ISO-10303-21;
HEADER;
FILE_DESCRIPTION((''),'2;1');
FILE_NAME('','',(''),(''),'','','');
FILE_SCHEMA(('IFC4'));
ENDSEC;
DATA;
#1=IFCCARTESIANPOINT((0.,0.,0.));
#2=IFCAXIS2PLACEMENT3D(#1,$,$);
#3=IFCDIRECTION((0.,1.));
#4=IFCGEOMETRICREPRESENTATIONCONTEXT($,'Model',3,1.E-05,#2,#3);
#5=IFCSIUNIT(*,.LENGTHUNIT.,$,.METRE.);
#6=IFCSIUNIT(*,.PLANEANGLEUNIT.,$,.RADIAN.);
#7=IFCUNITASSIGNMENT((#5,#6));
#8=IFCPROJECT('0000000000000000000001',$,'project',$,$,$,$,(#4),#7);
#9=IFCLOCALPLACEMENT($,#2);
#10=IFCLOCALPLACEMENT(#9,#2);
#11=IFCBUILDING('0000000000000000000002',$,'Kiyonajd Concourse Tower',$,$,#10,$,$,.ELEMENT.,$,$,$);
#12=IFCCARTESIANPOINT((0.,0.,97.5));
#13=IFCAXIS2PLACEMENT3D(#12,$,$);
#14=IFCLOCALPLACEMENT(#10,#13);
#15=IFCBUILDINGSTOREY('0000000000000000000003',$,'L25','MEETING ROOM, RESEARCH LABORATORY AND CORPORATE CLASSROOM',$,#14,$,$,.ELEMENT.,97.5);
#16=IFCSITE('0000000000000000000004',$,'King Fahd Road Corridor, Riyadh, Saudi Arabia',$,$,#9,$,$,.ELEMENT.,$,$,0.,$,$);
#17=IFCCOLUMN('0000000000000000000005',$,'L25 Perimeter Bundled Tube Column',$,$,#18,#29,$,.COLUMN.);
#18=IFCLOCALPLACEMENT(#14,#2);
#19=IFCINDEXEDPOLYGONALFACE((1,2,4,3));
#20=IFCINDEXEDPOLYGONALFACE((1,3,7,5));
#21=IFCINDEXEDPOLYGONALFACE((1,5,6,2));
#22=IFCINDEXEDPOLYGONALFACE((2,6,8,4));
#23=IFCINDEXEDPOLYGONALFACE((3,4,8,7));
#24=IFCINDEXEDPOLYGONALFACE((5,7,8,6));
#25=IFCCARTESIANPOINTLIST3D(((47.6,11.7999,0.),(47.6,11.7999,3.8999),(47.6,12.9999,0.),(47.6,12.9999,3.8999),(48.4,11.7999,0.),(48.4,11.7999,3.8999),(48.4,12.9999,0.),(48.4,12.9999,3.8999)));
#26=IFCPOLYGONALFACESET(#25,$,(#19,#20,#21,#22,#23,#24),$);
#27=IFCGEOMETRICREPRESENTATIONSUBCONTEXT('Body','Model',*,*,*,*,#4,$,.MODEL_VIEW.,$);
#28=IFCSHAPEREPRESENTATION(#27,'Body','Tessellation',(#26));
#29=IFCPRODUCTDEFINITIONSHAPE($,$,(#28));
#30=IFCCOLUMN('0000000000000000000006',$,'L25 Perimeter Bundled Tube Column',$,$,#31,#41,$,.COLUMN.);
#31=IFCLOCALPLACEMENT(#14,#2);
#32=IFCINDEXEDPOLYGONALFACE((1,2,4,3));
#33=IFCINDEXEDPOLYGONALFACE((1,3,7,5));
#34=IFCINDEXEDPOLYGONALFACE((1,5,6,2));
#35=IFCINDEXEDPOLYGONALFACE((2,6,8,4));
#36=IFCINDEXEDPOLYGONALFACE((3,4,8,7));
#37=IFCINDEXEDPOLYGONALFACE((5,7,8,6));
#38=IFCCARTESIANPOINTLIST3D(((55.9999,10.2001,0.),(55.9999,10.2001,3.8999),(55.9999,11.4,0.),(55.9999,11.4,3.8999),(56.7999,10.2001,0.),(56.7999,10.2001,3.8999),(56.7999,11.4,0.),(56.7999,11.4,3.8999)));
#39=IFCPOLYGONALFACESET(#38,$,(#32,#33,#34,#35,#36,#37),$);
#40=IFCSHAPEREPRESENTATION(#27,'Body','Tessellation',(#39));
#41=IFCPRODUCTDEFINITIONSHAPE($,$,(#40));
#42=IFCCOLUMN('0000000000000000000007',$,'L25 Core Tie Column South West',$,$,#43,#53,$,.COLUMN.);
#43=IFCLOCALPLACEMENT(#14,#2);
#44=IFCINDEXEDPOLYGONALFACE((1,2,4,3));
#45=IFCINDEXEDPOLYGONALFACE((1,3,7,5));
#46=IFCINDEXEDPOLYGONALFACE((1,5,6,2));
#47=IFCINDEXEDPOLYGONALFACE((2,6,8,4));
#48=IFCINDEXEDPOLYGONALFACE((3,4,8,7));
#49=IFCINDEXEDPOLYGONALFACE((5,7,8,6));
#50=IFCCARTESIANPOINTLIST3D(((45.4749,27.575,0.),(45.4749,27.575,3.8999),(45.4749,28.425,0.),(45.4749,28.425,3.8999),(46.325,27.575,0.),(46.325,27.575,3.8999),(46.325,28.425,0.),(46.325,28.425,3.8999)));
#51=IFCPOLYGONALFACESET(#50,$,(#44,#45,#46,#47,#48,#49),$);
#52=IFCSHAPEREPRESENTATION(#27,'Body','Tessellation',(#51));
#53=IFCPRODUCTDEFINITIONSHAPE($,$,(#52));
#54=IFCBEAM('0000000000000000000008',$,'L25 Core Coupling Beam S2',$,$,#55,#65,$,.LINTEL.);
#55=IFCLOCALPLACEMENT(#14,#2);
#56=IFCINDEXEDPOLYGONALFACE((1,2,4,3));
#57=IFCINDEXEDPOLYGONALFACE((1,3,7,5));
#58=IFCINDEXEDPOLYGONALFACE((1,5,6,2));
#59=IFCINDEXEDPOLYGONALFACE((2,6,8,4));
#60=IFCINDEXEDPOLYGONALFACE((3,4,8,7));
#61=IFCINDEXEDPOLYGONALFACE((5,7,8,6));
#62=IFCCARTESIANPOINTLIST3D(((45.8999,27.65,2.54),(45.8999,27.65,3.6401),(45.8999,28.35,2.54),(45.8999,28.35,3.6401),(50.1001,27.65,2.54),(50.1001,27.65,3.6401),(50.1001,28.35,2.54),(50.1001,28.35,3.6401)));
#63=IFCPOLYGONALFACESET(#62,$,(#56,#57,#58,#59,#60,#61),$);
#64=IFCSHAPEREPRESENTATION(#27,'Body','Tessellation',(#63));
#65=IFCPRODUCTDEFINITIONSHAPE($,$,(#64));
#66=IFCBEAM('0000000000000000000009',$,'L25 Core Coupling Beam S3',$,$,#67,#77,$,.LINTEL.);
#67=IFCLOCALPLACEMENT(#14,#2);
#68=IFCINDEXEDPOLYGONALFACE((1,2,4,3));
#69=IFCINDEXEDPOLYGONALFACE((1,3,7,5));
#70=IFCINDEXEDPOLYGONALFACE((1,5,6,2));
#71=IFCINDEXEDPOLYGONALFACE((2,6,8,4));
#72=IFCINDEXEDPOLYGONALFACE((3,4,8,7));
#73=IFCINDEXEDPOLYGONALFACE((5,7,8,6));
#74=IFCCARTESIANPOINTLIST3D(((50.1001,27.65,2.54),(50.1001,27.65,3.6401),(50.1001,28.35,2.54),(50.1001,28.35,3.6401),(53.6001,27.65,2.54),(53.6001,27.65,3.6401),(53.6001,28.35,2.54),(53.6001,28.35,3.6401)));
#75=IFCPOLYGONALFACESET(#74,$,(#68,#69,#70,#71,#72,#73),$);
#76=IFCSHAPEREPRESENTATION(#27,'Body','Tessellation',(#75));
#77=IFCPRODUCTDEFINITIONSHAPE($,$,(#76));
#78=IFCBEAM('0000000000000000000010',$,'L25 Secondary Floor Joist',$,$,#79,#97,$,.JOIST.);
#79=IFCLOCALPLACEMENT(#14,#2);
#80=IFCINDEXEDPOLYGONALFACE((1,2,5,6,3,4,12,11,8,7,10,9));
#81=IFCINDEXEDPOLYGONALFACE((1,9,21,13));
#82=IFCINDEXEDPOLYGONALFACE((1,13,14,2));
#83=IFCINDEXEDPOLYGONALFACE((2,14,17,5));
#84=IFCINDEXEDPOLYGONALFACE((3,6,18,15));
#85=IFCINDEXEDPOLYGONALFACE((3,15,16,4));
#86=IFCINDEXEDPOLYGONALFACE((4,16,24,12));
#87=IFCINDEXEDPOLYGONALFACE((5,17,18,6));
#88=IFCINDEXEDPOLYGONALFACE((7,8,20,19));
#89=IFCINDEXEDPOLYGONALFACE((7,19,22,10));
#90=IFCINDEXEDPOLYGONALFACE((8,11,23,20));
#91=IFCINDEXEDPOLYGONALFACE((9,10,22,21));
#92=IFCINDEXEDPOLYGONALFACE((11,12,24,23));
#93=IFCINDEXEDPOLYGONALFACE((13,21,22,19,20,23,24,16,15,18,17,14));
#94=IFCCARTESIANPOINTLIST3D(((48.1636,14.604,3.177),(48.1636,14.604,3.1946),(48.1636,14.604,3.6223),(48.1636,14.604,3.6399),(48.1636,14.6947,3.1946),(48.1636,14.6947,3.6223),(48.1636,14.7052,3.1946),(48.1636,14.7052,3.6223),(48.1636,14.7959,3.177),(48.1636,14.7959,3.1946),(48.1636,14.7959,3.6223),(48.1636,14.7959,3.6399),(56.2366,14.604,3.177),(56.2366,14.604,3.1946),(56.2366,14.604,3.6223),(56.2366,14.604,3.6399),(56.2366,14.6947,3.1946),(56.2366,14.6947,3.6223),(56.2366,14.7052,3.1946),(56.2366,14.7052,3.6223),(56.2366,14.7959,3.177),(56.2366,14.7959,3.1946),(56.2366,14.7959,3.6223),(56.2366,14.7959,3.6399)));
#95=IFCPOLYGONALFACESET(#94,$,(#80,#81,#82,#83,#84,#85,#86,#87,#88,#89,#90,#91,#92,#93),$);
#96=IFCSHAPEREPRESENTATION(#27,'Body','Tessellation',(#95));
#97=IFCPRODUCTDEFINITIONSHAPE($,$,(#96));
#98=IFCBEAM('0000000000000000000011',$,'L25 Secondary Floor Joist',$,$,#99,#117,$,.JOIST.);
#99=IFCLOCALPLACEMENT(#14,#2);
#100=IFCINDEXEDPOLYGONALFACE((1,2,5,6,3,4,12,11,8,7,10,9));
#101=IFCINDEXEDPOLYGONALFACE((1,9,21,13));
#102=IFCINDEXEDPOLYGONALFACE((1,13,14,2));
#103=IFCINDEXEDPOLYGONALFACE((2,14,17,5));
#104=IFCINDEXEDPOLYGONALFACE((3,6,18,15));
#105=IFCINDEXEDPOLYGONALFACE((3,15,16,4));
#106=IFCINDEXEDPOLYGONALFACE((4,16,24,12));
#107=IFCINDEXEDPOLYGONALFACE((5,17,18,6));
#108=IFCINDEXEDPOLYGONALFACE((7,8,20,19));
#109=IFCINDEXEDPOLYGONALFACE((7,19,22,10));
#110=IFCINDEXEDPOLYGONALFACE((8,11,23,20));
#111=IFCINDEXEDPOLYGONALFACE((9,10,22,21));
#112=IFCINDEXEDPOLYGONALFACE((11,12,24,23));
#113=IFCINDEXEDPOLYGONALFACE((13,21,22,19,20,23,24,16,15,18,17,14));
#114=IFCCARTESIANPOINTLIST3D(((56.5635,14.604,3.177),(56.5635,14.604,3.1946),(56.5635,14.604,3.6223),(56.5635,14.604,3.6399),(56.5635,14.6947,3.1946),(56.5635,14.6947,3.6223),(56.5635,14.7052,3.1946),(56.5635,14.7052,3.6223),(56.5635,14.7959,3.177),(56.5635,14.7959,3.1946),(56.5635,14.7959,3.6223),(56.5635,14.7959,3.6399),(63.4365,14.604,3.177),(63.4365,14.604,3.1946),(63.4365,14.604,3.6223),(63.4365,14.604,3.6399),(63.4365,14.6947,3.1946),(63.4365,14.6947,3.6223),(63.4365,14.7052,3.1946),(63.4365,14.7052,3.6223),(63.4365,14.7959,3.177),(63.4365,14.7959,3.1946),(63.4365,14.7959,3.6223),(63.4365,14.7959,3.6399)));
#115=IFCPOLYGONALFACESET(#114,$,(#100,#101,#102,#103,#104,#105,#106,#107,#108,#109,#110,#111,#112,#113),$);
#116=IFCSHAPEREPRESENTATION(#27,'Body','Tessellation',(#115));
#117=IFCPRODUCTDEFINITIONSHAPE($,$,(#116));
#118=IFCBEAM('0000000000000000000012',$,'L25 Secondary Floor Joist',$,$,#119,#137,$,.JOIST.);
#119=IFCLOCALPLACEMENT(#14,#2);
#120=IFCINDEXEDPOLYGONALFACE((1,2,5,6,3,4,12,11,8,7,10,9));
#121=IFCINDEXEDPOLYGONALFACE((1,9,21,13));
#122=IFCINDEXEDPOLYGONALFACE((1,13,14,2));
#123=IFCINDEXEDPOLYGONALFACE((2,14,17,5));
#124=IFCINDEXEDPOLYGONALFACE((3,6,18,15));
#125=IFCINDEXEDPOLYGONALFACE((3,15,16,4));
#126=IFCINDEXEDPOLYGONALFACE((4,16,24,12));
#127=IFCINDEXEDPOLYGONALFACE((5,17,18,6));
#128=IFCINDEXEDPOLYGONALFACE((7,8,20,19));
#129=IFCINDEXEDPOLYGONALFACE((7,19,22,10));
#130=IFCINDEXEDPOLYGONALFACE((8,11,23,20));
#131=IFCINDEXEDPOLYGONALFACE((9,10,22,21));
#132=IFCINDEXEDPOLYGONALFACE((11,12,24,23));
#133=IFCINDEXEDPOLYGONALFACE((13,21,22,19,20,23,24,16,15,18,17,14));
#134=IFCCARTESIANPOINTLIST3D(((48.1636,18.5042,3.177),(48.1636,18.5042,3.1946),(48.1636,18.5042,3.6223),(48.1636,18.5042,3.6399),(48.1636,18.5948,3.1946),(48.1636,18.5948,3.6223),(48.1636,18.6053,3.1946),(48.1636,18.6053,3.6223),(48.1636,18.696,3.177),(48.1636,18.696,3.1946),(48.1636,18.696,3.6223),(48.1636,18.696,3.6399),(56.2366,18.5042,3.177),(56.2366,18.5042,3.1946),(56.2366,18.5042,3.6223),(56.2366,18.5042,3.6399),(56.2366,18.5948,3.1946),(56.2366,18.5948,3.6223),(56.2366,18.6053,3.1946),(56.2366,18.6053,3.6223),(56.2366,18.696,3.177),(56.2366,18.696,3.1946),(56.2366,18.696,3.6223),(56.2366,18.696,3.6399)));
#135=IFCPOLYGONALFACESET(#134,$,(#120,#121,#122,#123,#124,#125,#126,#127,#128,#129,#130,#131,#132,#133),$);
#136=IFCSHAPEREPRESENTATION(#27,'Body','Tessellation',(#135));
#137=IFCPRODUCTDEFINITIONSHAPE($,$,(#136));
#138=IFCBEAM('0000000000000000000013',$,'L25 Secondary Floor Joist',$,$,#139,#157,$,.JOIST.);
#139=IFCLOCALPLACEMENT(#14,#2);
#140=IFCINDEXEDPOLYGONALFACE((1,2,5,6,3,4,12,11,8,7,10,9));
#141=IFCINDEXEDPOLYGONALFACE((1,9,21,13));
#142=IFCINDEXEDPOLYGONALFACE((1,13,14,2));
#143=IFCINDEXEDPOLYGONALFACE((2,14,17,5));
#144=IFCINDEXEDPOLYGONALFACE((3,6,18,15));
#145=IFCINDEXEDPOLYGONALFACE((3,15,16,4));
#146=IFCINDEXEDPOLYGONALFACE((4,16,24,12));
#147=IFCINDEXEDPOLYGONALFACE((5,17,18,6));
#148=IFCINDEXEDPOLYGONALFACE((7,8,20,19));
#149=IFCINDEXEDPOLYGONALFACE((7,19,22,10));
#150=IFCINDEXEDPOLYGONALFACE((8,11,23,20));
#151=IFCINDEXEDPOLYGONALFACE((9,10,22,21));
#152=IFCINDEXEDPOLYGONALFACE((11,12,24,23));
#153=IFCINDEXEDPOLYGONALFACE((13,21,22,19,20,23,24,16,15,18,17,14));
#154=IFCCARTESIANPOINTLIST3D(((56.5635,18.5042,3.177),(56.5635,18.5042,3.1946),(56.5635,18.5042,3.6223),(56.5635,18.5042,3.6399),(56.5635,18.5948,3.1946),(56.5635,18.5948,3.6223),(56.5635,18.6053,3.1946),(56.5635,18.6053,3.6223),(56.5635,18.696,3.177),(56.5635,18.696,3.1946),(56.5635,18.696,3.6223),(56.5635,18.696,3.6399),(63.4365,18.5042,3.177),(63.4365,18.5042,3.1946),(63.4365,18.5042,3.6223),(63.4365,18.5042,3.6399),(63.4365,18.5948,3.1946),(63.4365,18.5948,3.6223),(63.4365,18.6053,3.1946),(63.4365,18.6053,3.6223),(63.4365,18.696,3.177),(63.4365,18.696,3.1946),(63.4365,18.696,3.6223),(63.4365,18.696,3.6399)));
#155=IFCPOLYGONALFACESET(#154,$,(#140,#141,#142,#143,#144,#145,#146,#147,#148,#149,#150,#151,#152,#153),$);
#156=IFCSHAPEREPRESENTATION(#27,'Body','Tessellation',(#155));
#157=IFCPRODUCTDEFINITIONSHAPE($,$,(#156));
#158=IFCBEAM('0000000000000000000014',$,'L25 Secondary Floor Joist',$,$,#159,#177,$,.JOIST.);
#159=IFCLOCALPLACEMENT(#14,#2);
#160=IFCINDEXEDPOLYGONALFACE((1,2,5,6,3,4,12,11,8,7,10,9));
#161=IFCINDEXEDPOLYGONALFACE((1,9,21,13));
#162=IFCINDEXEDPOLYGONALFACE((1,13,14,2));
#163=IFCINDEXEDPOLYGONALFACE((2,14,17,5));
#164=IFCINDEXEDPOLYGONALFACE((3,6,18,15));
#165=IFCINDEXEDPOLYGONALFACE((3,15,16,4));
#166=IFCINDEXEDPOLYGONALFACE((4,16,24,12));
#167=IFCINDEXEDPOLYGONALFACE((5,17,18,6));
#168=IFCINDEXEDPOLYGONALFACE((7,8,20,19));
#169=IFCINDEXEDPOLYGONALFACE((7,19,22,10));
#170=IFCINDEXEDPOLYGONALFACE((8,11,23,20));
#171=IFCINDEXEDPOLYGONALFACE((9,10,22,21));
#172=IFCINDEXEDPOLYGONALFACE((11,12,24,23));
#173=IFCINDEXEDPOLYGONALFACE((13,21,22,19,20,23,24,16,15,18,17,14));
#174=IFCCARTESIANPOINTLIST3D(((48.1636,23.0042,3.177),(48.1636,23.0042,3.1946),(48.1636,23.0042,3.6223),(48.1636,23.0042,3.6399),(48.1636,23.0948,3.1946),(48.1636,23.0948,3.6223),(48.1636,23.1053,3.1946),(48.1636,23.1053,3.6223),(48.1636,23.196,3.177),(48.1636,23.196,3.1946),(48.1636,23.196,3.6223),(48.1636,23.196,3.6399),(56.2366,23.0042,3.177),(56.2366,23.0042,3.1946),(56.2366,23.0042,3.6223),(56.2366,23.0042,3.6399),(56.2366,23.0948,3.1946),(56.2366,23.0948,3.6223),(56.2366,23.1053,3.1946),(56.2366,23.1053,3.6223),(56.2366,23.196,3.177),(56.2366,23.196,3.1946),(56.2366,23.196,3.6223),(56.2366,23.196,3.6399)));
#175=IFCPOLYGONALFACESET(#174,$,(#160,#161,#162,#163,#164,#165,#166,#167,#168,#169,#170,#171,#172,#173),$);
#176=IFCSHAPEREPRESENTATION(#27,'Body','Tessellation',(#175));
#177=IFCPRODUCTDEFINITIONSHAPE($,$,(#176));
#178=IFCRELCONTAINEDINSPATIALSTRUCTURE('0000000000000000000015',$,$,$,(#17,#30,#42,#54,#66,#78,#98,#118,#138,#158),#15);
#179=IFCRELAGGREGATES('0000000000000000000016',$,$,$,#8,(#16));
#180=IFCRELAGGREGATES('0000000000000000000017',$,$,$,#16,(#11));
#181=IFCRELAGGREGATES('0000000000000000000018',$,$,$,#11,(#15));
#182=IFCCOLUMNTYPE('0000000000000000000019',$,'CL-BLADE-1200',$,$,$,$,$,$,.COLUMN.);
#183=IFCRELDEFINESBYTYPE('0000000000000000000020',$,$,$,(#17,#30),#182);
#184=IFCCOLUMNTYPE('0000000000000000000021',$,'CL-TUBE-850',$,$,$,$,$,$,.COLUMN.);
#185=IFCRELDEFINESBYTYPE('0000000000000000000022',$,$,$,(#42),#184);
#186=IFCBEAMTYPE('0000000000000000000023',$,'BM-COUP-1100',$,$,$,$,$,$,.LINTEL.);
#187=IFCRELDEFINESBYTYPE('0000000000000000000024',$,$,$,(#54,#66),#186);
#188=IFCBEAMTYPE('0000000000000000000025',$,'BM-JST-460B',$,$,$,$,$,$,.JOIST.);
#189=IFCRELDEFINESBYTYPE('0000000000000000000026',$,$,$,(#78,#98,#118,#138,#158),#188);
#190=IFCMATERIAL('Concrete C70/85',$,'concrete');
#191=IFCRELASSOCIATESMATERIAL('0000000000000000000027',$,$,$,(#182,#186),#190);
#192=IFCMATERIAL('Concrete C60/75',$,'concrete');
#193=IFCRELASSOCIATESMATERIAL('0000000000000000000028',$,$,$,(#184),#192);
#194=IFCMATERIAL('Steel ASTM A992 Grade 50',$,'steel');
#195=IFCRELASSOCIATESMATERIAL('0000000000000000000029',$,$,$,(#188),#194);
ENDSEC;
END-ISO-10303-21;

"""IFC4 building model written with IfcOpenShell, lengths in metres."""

from ifc_helpers import new_model, si_unit, direction, frame, origin, origin_2d, place, context, subcontext, project, spatial, rectangle, i_section, extrude, material, material_profile, profile_set, type_object, element, save


model = new_model("IFC4")

# Units and contexts
model_context = context("Model", 3, precision=1e-05, world=origin(), true_north=direction((0.0, 1.0)))
body_context = subcontext(model_context, "Body", "Model", "MODEL_VIEW")
ifc_project = project(units=[si_unit("LENGTHUNIT", "METRE"), si_unit("PLANEANGLEUNIT", "RADIAN")], contexts=[model_context])

# Site, building, storey
site_placement = place(None, origin())
site = spatial("IfcSite", under=ifc_project, at=site_placement, Name="King Fahd Road Corridor, Riyadh, Saudi Arabia", CompositionType="ELEMENT", RefElevation=0.0)
building_placement = place(site_placement, origin())
building = spatial("IfcBuilding", under=site, at=building_placement, Name="Kiyonajd Concourse Tower", CompositionType="ELEMENT")
storey_placement = place(building_placement, frame((0.0, 0.0, 97.5)))
storey = spatial("IfcBuildingStorey", under=building, at=storey_placement, Name="L25", Description="MEETING ROOM, RESEARCH LABORATORY AND CORPORATE CLASSROOM", CompositionType="ELEMENT", Elevation=97.5)

# Columns
ifc_material_1 = material(Name="Concrete C70/85", Category="concrete")
ifc_material_profile_1 = material_profile(ifc_material_1, rectangle(XDim=0.8, YDim=1.2, at=origin_2d()), Name="RC-1200x800")
ifc_profile_set_1 = profile_set([ifc_material_profile_1], Name="Concrete C70/85")
column_type_1 = type_object("IfcColumnType", Name="CL-BLADE-1200", PredefinedType="COLUMN", material=ifc_profile_set_1)
for number, where, z_axis, x_axis, name in (
    (1, (48.0, 12.3999, 0.0), (0.0, 0.0, 1.0), (1.0, 0.0, 0.0), "L25 Perimeter Bundled Tube Column"),
    (2, (56.3999, 10.8, 0.0), (0.0, 0.0, 1.0), (1.0, 0.0, 0.0), "L25 Perimeter Bundled Tube Column"),
):
    element("IfcColumn", number, at=place(storey_placement, frame(where, z_axis=z_axis, x_axis=x_axis)), inside=storey, type_object=column_type_1, Name=name, PredefinedType="COLUMN", context=body_context, shape_type="SweptSolid", body=[
        extrude(rectangle(XDim=0.8, YDim=1.2, at=origin_2d()), origin(), (0.0, 0.0, 1.0), 3.8999),
    ])
ifc_material_2 = material(Name="Concrete C60/75", Category="concrete")
ifc_material_profile_2 = material_profile(ifc_material_2, rectangle(XDim=0.8501, YDim=0.8501, at=origin_2d()), Name="RC-850x850")
ifc_profile_set_2 = profile_set([ifc_material_profile_2], Name="Concrete C60/75")
column_type_2 = type_object("IfcColumnType", Name="CL-TUBE-850", PredefinedType="COLUMN", material=ifc_profile_set_2)
column_placement = place(storey_placement, frame((45.8999, 28.0, 0.0), z_axis=(0.0, 0.0, 1.0), x_axis=(1.0, 0.0, 0.0)))
element("IfcColumn", 3, at=column_placement, inside=storey, type_object=column_type_2, Name="L25 Core Tie Column South West", PredefinedType="COLUMN", context=body_context, shape_type="SweptSolid", body=[
    extrude(rectangle(XDim=0.8501, YDim=0.8501, at=origin_2d()), origin(), (0.0, 0.0, 1.0), 3.8999),
])

# Beams
ifc_material_profile_3 = material_profile(ifc_material_1, rectangle(XDim=0.7, YDim=1.1001, at=origin_2d()), Name="RCBM-700x1100")
ifc_profile_set_3 = profile_set([ifc_material_profile_3], Name="Concrete C70/85")
beam_type_1 = type_object("IfcBeamType", Name="BM-COUP-1100", PredefinedType="LINTEL", material=ifc_profile_set_3)
beam_1_placement = place(storey_placement, frame((45.8999, 28.0, 3.0901), z_axis=(1.0, 0.0, 0.0), x_axis=(0.0, 1.0, 0.0)))
element("IfcBeam", 4, at=beam_1_placement, inside=storey, type_object=beam_type_1, Name="L25 Core Coupling Beam S2", PredefinedType="LINTEL", context=body_context, shape_type="SweptSolid", body=[
    extrude(rectangle(XDim=0.7, YDim=1.1001, at=origin_2d()), origin(), (0.0, 0.0, 1.0), 4.2002),
])
beam_2_placement = place(storey_placement, frame((50.1001, 28.0, 3.0901), z_axis=(1.0, 0.0, 0.0), x_axis=(0.0, 1.0, 0.0)))
element("IfcBeam", 5, at=beam_2_placement, inside=storey, type_object=beam_type_1, Name="L25 Core Coupling Beam S3", PredefinedType="LINTEL", context=body_context, shape_type="SweptSolid", body=[
    extrude(rectangle(XDim=0.7, YDim=1.1001, at=origin_2d()), origin(), (0.0, 0.0, 1.0), 3.5),
])
ifc_material_3 = material(Name="Steel ASTM A992 Grade 50", Category="steel")
ifc_material_profile_4 = material_profile(ifc_material_3, i_section(OverallWidth=0.1919, OverallDepth=0.4629, WebThickness=0.0105, FlangeThickness=0.0176, at=origin_2d()), Name="W460X89")
ifc_profile_set_4 = profile_set([ifc_material_profile_4], Name="Steel ASTM A992 Grade 50")
beam_type_2 = type_object("IfcBeamType", Name="BM-JST-460B", PredefinedType="JOIST", material=ifc_profile_set_4)
beam_3_placement = place(storey_placement, frame((48.1636, 14.7, 3.4084), z_axis=(1.0, 0.0, 0.0), x_axis=(0.0, 1.0, 0.0)))
element("IfcBeam", 6, at=beam_3_placement, inside=storey, type_object=beam_type_2, Name="L25 Secondary Floor Joist", PredefinedType="JOIST", context=body_context, shape_type="SweptSolid", body=[
    extrude(i_section(OverallWidth=0.1919, OverallDepth=0.4629, WebThickness=0.0105, FlangeThickness=0.0176, at=origin_2d()), origin(), (0.0, 0.0, 1.0), 8.073),
])
beam_4_placement = place(storey_placement, frame((56.5635, 14.7, 3.4084), z_axis=(1.0, 0.0, 0.0), x_axis=(0.0, 1.0, 0.0)))
element("IfcBeam", 7, at=beam_4_placement, inside=storey, type_object=beam_type_2, Name="L25 Secondary Floor Joist", PredefinedType="JOIST", context=body_context, shape_type="SweptSolid", body=[
    extrude(i_section(OverallWidth=0.1919, OverallDepth=0.4629, WebThickness=0.0105, FlangeThickness=0.0176, at=origin_2d()), origin(), (0.0, 0.0, 1.0), 6.873),
])
beam_5_placement = place(storey_placement, frame((48.1636, 18.6001, 3.4084), z_axis=(1.0, 0.0, 0.0), x_axis=(0.0, 1.0, 0.0)))
element("IfcBeam", 8, at=beam_5_placement, inside=storey, type_object=beam_type_2, Name="L25 Secondary Floor Joist", PredefinedType="JOIST", context=body_context, shape_type="SweptSolid", body=[
    extrude(i_section(OverallWidth=0.1919, OverallDepth=0.4629, WebThickness=0.0105, FlangeThickness=0.0176, at=origin_2d()), origin(), (0.0, 0.0, 1.0), 8.073),
])
beam_6_placement = place(storey_placement, frame((56.5635, 18.6001, 3.4084), z_axis=(1.0, 0.0, 0.0), x_axis=(0.0, 1.0, 0.0)))
element("IfcBeam", 9, at=beam_6_placement, inside=storey, type_object=beam_type_2, Name="L25 Secondary Floor Joist", PredefinedType="JOIST", context=body_context, shape_type="SweptSolid", body=[
    extrude(i_section(OverallWidth=0.1919, OverallDepth=0.4629, WebThickness=0.0105, FlangeThickness=0.0176, at=origin_2d()), origin(), (0.0, 0.0, 1.0), 6.873),
])
beam_7_placement = place(storey_placement, frame((48.1636, 23.1001, 3.4084), z_axis=(1.0, 0.0, 0.0), x_axis=(0.0, 1.0, 0.0)))
element("IfcBeam", 10, at=beam_7_placement, inside=storey, type_object=beam_type_2, Name="L25 Secondary Floor Joist", PredefinedType="JOIST", context=body_context, shape_type="SweptSolid", body=[
    extrude(i_section(OverallWidth=0.1919, OverallDepth=0.4629, WebThickness=0.0105, FlangeThickness=0.0176, at=origin_2d()), origin(), (0.0, 0.0, 1.0), 8.073),
])

save(model, "model.ifc")
